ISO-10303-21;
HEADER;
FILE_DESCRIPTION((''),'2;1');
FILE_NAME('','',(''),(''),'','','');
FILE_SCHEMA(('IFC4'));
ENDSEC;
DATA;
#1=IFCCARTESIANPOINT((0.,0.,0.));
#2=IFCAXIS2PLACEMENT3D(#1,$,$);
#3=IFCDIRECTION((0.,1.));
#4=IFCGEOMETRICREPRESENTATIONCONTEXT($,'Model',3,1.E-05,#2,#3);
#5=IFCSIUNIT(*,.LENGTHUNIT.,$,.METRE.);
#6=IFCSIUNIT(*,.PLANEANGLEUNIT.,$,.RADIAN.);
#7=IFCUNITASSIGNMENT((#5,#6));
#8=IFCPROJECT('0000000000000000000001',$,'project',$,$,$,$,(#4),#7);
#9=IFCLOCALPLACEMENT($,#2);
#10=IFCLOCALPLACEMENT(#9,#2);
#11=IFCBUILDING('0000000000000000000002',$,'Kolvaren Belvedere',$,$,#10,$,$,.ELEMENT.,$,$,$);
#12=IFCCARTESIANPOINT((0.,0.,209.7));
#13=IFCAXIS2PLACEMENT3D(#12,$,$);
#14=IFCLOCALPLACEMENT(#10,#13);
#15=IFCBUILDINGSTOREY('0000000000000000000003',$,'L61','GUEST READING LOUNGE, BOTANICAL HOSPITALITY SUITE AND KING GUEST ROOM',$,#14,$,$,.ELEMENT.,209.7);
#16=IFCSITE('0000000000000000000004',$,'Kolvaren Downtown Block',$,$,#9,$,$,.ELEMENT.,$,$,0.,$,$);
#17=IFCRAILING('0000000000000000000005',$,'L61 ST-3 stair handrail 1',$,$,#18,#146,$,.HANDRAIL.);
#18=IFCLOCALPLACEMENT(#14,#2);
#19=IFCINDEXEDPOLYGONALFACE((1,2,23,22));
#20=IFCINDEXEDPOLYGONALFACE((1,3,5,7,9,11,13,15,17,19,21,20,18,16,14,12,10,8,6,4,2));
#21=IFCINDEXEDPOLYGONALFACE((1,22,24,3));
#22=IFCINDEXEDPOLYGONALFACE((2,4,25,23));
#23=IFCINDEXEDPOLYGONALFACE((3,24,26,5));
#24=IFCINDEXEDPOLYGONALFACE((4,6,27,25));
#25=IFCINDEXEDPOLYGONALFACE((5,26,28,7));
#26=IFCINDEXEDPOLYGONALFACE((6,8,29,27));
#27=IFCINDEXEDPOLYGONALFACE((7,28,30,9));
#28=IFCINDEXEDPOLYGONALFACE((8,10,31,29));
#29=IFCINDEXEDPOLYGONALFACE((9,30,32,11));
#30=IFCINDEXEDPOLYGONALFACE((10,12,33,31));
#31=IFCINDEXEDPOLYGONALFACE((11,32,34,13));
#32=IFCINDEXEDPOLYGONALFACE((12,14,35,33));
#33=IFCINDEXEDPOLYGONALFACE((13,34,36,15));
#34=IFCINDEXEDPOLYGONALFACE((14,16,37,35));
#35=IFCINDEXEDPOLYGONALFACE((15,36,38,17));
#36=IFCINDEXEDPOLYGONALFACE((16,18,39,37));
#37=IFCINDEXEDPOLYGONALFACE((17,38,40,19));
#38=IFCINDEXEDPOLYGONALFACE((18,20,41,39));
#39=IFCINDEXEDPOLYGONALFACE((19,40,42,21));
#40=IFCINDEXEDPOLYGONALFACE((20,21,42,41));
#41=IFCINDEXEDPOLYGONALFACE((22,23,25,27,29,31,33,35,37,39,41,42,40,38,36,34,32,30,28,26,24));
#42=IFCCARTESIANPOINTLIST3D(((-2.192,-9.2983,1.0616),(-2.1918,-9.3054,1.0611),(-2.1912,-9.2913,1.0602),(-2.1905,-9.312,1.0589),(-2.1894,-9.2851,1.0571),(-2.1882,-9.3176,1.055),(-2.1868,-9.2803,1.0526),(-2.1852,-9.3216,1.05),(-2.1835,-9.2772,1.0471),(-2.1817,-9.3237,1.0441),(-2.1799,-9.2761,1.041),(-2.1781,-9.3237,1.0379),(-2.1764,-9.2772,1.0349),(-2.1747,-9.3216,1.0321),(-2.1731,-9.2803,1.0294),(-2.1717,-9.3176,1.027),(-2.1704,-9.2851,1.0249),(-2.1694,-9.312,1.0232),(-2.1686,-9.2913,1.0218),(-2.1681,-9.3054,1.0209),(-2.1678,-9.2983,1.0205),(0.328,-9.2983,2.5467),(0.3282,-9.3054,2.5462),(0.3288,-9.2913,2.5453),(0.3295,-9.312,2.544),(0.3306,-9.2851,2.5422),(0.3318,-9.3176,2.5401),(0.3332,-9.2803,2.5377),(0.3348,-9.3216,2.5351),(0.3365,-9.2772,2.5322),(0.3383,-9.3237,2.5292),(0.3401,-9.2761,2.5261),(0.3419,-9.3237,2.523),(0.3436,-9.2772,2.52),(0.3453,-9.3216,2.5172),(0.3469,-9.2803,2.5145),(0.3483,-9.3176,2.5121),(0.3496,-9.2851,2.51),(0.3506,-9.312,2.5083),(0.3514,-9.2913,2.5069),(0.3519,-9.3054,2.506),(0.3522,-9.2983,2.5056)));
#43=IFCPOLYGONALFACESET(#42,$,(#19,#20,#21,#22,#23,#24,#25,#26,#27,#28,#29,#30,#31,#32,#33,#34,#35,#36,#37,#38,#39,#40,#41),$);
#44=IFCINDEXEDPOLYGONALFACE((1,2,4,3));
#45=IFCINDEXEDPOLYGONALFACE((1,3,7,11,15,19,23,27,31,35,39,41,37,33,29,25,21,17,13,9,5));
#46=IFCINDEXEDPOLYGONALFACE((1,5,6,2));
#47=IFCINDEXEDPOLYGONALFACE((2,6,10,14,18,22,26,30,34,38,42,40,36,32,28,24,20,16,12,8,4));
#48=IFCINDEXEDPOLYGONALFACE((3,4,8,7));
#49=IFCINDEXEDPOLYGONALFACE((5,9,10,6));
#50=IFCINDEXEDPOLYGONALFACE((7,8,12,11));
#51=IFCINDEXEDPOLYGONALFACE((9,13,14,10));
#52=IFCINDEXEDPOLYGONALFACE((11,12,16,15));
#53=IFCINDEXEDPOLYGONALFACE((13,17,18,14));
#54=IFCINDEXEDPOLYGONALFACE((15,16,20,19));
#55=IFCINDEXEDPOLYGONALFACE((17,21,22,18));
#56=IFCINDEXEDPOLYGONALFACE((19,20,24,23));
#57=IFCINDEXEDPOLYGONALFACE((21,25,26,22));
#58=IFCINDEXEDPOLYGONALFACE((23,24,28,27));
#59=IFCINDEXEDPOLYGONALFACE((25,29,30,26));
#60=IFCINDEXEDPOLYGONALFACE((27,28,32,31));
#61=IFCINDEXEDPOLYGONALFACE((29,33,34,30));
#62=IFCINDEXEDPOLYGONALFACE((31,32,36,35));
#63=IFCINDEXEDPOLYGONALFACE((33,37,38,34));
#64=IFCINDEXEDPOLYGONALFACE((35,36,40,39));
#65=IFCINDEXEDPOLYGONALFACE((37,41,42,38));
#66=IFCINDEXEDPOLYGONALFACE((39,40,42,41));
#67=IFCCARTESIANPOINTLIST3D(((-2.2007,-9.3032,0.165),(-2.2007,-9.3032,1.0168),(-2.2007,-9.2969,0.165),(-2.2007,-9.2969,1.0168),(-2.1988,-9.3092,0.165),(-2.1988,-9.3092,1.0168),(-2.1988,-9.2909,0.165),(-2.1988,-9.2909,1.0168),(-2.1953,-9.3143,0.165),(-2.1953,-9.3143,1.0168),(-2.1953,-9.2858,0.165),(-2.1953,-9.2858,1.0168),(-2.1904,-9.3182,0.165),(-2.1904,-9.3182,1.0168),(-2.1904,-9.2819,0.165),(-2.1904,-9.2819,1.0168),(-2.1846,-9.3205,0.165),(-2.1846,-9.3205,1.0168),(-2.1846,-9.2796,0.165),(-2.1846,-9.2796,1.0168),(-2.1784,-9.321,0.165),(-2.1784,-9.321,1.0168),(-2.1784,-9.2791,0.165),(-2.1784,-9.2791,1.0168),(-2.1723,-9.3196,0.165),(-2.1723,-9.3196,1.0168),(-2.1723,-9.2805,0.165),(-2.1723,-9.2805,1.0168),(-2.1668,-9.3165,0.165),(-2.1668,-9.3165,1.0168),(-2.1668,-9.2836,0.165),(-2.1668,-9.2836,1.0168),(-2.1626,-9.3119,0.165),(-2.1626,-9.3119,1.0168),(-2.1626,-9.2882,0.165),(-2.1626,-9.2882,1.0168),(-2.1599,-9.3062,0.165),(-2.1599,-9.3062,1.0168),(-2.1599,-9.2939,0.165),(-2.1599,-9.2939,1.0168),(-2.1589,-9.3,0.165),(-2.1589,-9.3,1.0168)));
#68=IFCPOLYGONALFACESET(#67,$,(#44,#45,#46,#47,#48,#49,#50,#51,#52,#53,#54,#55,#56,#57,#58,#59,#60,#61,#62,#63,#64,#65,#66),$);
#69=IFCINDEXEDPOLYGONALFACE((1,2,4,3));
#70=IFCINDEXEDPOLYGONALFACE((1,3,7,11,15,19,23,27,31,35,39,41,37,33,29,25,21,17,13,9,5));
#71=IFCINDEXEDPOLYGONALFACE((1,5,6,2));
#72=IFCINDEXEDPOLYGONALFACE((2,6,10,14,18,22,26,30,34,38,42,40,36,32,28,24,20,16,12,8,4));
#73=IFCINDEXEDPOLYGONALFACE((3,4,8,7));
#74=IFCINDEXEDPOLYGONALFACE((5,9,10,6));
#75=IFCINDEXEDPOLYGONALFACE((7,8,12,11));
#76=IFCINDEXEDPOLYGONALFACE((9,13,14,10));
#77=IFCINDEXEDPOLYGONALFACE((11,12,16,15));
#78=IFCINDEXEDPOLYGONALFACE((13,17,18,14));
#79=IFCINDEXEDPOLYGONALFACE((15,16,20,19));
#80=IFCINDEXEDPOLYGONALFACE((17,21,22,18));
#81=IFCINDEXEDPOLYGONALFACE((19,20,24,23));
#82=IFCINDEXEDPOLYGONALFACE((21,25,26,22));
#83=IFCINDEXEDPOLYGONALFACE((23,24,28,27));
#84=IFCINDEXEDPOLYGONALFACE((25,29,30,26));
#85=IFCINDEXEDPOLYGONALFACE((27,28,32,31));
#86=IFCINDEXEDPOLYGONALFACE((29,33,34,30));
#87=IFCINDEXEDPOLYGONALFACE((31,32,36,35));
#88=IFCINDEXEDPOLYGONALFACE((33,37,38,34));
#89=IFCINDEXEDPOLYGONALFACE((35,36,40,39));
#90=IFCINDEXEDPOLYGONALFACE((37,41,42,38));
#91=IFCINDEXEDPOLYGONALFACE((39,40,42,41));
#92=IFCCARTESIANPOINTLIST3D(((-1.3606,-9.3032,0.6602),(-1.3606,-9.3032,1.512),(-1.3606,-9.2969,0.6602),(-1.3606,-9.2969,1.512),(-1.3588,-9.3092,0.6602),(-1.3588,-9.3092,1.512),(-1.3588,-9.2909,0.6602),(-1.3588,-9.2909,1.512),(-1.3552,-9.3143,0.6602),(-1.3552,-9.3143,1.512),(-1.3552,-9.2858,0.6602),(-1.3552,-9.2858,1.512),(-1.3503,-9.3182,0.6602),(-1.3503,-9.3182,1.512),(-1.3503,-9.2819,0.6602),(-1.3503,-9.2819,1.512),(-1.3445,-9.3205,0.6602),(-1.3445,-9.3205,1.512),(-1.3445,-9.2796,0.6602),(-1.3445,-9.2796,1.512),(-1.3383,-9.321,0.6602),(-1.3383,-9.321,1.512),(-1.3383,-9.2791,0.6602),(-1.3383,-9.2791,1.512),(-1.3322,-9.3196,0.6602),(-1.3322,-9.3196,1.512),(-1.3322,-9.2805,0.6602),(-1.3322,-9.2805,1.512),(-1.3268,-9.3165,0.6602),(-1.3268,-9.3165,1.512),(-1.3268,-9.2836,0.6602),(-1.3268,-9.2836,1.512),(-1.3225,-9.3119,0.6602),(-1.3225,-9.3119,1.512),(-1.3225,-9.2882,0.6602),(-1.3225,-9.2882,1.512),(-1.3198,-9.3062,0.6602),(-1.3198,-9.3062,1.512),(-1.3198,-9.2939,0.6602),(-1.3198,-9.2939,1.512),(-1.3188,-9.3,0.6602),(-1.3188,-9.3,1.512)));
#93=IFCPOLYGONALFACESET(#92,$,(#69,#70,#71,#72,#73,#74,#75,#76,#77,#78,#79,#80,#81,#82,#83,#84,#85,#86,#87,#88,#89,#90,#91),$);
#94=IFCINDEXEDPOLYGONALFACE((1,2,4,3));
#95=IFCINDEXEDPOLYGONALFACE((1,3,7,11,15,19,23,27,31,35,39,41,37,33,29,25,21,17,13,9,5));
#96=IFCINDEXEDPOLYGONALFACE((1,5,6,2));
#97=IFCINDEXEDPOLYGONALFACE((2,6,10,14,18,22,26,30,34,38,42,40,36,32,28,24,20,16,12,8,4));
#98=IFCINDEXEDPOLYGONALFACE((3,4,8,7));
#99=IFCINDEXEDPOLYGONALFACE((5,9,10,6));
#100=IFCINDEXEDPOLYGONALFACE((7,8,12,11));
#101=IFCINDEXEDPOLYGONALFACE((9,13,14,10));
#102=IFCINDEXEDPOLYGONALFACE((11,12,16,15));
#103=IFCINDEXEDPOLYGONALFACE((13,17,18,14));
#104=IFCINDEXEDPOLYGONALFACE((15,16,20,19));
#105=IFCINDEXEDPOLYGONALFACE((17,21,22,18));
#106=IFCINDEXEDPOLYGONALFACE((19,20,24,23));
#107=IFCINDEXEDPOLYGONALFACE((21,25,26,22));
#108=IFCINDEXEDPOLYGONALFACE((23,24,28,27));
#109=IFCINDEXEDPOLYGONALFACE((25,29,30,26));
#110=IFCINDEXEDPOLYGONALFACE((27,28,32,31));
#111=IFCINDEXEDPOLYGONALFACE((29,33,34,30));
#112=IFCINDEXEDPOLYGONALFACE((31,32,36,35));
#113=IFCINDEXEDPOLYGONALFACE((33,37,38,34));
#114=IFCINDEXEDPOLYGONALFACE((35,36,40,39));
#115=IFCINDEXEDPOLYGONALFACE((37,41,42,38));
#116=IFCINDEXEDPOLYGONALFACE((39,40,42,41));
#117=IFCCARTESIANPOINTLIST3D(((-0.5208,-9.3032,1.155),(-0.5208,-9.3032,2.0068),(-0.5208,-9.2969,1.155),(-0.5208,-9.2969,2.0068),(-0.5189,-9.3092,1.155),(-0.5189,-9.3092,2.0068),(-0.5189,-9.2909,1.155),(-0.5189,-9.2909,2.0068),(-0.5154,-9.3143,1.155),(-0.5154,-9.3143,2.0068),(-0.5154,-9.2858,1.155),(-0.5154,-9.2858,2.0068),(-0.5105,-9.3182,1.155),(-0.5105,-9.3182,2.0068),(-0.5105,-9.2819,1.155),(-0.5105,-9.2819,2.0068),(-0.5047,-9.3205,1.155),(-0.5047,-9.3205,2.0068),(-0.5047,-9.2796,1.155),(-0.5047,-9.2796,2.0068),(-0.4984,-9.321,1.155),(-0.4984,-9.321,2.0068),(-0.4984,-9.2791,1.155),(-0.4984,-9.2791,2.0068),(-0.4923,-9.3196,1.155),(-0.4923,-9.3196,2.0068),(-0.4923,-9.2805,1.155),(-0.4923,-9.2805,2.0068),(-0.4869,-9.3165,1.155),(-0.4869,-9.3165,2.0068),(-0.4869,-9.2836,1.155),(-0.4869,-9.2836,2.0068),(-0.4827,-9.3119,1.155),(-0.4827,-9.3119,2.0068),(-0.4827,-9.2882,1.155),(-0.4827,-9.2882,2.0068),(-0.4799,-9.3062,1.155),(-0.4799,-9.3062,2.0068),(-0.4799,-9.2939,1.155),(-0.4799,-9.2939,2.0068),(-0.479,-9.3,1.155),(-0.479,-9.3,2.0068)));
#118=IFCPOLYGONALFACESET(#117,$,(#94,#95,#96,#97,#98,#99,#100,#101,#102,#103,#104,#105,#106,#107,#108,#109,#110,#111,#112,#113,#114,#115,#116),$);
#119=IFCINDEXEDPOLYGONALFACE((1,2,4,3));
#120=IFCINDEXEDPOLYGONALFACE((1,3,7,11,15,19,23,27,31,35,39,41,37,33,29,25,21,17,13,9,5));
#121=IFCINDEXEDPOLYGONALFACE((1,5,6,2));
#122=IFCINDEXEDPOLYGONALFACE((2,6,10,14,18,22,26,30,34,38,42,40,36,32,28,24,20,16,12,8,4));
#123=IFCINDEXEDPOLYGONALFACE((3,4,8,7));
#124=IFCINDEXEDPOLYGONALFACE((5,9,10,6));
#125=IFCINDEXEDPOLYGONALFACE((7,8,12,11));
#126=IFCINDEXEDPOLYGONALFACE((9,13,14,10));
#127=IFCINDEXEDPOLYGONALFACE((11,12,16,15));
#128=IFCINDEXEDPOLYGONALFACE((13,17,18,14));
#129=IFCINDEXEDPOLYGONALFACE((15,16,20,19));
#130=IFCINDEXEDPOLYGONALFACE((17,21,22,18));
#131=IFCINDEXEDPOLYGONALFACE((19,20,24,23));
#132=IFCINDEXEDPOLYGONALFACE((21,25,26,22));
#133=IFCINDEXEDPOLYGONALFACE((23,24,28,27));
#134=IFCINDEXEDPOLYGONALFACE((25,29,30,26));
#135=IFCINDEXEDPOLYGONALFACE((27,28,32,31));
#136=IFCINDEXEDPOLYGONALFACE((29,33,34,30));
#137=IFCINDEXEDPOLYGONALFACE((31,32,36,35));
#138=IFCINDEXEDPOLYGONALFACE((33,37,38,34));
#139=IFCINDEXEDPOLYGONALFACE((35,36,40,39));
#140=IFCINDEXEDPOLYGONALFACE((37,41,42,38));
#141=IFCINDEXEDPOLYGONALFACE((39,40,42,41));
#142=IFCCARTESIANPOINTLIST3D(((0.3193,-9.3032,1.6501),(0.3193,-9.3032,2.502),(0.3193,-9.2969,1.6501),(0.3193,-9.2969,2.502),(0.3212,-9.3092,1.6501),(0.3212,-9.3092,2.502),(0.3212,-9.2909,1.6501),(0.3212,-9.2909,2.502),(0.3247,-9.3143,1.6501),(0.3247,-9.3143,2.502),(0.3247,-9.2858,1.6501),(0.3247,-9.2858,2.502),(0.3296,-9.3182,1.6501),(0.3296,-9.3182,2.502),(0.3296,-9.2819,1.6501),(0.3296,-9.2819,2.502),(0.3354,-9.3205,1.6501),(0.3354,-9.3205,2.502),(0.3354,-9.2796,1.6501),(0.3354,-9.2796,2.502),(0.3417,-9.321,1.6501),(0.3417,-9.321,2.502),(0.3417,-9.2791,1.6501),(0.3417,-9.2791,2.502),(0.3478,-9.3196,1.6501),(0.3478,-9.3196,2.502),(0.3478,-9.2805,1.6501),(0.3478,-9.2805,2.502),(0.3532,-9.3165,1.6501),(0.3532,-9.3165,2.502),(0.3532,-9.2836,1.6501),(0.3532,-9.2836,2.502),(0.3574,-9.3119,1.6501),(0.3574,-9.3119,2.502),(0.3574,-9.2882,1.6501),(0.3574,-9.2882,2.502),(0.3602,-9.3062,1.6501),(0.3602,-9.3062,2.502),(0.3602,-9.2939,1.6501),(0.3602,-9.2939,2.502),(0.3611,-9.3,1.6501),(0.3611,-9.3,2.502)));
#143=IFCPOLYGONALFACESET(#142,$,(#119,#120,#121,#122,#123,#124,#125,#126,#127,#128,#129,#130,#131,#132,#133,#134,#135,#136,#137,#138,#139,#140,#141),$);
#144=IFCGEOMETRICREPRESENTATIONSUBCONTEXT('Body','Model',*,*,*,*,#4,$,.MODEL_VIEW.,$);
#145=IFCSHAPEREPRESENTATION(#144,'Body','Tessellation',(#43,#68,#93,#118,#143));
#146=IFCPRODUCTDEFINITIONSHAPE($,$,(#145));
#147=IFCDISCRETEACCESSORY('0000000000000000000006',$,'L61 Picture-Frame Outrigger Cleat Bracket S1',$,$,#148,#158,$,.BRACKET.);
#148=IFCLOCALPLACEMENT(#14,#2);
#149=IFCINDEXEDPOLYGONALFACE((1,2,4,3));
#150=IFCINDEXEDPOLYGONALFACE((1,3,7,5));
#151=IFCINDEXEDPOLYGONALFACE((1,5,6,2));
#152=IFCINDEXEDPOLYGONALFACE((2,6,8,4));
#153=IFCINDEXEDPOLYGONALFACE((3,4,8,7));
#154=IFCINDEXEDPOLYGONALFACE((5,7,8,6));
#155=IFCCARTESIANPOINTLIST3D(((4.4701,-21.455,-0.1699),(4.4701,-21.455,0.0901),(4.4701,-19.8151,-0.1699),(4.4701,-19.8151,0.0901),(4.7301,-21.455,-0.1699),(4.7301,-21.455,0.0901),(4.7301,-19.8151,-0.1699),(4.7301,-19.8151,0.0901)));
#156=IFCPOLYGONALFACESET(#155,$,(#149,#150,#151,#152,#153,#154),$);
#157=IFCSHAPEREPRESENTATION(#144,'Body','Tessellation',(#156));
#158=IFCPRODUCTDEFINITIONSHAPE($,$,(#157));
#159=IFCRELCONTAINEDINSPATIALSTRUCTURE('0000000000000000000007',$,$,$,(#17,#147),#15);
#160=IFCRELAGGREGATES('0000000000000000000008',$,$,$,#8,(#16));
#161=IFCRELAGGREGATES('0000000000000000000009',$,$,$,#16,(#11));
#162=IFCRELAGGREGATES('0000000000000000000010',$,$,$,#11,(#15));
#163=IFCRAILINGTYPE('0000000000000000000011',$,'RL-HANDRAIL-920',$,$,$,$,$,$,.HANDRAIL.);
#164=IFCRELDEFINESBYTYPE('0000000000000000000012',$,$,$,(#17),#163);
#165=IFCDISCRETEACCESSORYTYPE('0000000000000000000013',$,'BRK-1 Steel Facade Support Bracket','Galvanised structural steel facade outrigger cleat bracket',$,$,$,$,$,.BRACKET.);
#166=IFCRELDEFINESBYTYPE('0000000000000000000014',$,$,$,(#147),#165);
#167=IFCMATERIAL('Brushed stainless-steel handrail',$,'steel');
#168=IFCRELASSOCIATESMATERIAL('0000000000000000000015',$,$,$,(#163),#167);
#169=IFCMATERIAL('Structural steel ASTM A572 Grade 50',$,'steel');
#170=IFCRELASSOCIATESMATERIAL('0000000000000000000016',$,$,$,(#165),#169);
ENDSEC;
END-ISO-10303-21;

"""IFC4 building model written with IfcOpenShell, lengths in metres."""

from ifc_helpers import new_model, si_unit, direction, frame, origin, origin_2d, place, context, subcontext, project, spatial, rectangle, circle, extrude, material, type_object, element, save


model = new_model("IFC4")

# Units and contexts
model_context = context("Model", 3, precision=1e-05, world=origin(), true_north=direction((0.0, 1.0)))
body_context = subcontext(model_context, "Body", "Model", "MODEL_VIEW")
ifc_project = project(units=[si_unit("LENGTHUNIT", "METRE"), si_unit("PLANEANGLEUNIT", "RADIAN")], contexts=[model_context])

# Site, building, storey
site_placement = place(None, origin())
site = spatial("IfcSite", under=ifc_project, at=site_placement, Name="Kolvaren Downtown Block", CompositionType="ELEMENT", RefElevation=0.0)
building_placement = place(site_placement, origin())
building = spatial("IfcBuilding", under=site, at=building_placement, Name="Kolvaren Belvedere", CompositionType="ELEMENT")
storey_placement = place(building_placement, frame((0.0, 0.0, 209.7)))
storey = spatial("IfcBuildingStorey", under=building, at=storey_placement, Name="L61", Description="GUEST READING LOUNGE, BOTANICAL HOSPITALITY SUITE AND KING GUEST ROOM", CompositionType="ELEMENT", Elevation=209.7)

# Railing
ifc_material_1 = material(Name="Brushed stainless-steel handrail", Category="steel")
railing_type = type_object("IfcRailingType", Name="RL-HANDRAIL-920", PredefinedType="HANDRAIL", material=ifc_material_1)
railing_placement = place(storey_placement, frame((-2.1799, -9.3, 0.165)))
element("IfcRailing", 1, at=railing_placement, inside=storey, type_object=railing_type, Name="L61 ST-3 stair handrail 1", PredefinedType="HANDRAIL", context=body_context, shape_type="SweptSolid", body=[
    extrude(circle(Radius=0.0239, at=origin_2d()), frame((0.0, 0.0, 0.876), z_axis=(0.861524, 0.0, 0.507717), x_axis=(0.0, 1.0, 0.0)), (0.0, 0.0, 1.0), 2.925),
    extrude(circle(Radius=0.021, at=origin_2d()), origin(), (0.0, 0.0, 1.0), 0.8518),
    extrude(circle(Radius=0.021, at=origin_2d()), frame((0.8401, 0.0, 0.4951)), (0.0, 0.0, 1.0), 0.8518),
    extrude(circle(Radius=0.021, at=origin_2d()), frame((1.6799, 0.0, 0.99)), (0.0, 0.0, 1.0), 0.8518),
    extrude(circle(Radius=0.021, at=origin_2d()), frame((2.52, 0.0, 1.4851)), (0.0, 0.0, 1.0), 0.8518),
])

# Discrete accessory
ifc_material_2 = material(Name="Structural steel ASTM A572 Grade 50", Category="steel")
discrete_accessory_type = type_object("IfcDiscreteAccessoryType", Name="BRK-1 Steel Facade Support Bracket", Description="Galvanised structural steel facade outrigger cleat bracket", PredefinedType="BRACKET", material=ifc_material_2)
discrete_accessory_placement = place(storey_placement, frame((4.6001, -20.635, -0.1699), z_axis=(0.0, 0.0, 1.0), x_axis=(0.0, 1.0, 0.0)))
element("IfcDiscreteAccessory", 2, at=discrete_accessory_placement, inside=storey, type_object=discrete_accessory_type, Name="L61 Picture-Frame Outrigger Cleat Bracket S1", PredefinedType="BRACKET", context=body_context, shape_type="SweptSolid", body=[
    extrude(rectangle(XDim=1.6399, YDim=0.26, at=origin_2d()), origin(), (0.0, 0.0, 1.0), 0.26),
])

save(model, "model.ifc")
